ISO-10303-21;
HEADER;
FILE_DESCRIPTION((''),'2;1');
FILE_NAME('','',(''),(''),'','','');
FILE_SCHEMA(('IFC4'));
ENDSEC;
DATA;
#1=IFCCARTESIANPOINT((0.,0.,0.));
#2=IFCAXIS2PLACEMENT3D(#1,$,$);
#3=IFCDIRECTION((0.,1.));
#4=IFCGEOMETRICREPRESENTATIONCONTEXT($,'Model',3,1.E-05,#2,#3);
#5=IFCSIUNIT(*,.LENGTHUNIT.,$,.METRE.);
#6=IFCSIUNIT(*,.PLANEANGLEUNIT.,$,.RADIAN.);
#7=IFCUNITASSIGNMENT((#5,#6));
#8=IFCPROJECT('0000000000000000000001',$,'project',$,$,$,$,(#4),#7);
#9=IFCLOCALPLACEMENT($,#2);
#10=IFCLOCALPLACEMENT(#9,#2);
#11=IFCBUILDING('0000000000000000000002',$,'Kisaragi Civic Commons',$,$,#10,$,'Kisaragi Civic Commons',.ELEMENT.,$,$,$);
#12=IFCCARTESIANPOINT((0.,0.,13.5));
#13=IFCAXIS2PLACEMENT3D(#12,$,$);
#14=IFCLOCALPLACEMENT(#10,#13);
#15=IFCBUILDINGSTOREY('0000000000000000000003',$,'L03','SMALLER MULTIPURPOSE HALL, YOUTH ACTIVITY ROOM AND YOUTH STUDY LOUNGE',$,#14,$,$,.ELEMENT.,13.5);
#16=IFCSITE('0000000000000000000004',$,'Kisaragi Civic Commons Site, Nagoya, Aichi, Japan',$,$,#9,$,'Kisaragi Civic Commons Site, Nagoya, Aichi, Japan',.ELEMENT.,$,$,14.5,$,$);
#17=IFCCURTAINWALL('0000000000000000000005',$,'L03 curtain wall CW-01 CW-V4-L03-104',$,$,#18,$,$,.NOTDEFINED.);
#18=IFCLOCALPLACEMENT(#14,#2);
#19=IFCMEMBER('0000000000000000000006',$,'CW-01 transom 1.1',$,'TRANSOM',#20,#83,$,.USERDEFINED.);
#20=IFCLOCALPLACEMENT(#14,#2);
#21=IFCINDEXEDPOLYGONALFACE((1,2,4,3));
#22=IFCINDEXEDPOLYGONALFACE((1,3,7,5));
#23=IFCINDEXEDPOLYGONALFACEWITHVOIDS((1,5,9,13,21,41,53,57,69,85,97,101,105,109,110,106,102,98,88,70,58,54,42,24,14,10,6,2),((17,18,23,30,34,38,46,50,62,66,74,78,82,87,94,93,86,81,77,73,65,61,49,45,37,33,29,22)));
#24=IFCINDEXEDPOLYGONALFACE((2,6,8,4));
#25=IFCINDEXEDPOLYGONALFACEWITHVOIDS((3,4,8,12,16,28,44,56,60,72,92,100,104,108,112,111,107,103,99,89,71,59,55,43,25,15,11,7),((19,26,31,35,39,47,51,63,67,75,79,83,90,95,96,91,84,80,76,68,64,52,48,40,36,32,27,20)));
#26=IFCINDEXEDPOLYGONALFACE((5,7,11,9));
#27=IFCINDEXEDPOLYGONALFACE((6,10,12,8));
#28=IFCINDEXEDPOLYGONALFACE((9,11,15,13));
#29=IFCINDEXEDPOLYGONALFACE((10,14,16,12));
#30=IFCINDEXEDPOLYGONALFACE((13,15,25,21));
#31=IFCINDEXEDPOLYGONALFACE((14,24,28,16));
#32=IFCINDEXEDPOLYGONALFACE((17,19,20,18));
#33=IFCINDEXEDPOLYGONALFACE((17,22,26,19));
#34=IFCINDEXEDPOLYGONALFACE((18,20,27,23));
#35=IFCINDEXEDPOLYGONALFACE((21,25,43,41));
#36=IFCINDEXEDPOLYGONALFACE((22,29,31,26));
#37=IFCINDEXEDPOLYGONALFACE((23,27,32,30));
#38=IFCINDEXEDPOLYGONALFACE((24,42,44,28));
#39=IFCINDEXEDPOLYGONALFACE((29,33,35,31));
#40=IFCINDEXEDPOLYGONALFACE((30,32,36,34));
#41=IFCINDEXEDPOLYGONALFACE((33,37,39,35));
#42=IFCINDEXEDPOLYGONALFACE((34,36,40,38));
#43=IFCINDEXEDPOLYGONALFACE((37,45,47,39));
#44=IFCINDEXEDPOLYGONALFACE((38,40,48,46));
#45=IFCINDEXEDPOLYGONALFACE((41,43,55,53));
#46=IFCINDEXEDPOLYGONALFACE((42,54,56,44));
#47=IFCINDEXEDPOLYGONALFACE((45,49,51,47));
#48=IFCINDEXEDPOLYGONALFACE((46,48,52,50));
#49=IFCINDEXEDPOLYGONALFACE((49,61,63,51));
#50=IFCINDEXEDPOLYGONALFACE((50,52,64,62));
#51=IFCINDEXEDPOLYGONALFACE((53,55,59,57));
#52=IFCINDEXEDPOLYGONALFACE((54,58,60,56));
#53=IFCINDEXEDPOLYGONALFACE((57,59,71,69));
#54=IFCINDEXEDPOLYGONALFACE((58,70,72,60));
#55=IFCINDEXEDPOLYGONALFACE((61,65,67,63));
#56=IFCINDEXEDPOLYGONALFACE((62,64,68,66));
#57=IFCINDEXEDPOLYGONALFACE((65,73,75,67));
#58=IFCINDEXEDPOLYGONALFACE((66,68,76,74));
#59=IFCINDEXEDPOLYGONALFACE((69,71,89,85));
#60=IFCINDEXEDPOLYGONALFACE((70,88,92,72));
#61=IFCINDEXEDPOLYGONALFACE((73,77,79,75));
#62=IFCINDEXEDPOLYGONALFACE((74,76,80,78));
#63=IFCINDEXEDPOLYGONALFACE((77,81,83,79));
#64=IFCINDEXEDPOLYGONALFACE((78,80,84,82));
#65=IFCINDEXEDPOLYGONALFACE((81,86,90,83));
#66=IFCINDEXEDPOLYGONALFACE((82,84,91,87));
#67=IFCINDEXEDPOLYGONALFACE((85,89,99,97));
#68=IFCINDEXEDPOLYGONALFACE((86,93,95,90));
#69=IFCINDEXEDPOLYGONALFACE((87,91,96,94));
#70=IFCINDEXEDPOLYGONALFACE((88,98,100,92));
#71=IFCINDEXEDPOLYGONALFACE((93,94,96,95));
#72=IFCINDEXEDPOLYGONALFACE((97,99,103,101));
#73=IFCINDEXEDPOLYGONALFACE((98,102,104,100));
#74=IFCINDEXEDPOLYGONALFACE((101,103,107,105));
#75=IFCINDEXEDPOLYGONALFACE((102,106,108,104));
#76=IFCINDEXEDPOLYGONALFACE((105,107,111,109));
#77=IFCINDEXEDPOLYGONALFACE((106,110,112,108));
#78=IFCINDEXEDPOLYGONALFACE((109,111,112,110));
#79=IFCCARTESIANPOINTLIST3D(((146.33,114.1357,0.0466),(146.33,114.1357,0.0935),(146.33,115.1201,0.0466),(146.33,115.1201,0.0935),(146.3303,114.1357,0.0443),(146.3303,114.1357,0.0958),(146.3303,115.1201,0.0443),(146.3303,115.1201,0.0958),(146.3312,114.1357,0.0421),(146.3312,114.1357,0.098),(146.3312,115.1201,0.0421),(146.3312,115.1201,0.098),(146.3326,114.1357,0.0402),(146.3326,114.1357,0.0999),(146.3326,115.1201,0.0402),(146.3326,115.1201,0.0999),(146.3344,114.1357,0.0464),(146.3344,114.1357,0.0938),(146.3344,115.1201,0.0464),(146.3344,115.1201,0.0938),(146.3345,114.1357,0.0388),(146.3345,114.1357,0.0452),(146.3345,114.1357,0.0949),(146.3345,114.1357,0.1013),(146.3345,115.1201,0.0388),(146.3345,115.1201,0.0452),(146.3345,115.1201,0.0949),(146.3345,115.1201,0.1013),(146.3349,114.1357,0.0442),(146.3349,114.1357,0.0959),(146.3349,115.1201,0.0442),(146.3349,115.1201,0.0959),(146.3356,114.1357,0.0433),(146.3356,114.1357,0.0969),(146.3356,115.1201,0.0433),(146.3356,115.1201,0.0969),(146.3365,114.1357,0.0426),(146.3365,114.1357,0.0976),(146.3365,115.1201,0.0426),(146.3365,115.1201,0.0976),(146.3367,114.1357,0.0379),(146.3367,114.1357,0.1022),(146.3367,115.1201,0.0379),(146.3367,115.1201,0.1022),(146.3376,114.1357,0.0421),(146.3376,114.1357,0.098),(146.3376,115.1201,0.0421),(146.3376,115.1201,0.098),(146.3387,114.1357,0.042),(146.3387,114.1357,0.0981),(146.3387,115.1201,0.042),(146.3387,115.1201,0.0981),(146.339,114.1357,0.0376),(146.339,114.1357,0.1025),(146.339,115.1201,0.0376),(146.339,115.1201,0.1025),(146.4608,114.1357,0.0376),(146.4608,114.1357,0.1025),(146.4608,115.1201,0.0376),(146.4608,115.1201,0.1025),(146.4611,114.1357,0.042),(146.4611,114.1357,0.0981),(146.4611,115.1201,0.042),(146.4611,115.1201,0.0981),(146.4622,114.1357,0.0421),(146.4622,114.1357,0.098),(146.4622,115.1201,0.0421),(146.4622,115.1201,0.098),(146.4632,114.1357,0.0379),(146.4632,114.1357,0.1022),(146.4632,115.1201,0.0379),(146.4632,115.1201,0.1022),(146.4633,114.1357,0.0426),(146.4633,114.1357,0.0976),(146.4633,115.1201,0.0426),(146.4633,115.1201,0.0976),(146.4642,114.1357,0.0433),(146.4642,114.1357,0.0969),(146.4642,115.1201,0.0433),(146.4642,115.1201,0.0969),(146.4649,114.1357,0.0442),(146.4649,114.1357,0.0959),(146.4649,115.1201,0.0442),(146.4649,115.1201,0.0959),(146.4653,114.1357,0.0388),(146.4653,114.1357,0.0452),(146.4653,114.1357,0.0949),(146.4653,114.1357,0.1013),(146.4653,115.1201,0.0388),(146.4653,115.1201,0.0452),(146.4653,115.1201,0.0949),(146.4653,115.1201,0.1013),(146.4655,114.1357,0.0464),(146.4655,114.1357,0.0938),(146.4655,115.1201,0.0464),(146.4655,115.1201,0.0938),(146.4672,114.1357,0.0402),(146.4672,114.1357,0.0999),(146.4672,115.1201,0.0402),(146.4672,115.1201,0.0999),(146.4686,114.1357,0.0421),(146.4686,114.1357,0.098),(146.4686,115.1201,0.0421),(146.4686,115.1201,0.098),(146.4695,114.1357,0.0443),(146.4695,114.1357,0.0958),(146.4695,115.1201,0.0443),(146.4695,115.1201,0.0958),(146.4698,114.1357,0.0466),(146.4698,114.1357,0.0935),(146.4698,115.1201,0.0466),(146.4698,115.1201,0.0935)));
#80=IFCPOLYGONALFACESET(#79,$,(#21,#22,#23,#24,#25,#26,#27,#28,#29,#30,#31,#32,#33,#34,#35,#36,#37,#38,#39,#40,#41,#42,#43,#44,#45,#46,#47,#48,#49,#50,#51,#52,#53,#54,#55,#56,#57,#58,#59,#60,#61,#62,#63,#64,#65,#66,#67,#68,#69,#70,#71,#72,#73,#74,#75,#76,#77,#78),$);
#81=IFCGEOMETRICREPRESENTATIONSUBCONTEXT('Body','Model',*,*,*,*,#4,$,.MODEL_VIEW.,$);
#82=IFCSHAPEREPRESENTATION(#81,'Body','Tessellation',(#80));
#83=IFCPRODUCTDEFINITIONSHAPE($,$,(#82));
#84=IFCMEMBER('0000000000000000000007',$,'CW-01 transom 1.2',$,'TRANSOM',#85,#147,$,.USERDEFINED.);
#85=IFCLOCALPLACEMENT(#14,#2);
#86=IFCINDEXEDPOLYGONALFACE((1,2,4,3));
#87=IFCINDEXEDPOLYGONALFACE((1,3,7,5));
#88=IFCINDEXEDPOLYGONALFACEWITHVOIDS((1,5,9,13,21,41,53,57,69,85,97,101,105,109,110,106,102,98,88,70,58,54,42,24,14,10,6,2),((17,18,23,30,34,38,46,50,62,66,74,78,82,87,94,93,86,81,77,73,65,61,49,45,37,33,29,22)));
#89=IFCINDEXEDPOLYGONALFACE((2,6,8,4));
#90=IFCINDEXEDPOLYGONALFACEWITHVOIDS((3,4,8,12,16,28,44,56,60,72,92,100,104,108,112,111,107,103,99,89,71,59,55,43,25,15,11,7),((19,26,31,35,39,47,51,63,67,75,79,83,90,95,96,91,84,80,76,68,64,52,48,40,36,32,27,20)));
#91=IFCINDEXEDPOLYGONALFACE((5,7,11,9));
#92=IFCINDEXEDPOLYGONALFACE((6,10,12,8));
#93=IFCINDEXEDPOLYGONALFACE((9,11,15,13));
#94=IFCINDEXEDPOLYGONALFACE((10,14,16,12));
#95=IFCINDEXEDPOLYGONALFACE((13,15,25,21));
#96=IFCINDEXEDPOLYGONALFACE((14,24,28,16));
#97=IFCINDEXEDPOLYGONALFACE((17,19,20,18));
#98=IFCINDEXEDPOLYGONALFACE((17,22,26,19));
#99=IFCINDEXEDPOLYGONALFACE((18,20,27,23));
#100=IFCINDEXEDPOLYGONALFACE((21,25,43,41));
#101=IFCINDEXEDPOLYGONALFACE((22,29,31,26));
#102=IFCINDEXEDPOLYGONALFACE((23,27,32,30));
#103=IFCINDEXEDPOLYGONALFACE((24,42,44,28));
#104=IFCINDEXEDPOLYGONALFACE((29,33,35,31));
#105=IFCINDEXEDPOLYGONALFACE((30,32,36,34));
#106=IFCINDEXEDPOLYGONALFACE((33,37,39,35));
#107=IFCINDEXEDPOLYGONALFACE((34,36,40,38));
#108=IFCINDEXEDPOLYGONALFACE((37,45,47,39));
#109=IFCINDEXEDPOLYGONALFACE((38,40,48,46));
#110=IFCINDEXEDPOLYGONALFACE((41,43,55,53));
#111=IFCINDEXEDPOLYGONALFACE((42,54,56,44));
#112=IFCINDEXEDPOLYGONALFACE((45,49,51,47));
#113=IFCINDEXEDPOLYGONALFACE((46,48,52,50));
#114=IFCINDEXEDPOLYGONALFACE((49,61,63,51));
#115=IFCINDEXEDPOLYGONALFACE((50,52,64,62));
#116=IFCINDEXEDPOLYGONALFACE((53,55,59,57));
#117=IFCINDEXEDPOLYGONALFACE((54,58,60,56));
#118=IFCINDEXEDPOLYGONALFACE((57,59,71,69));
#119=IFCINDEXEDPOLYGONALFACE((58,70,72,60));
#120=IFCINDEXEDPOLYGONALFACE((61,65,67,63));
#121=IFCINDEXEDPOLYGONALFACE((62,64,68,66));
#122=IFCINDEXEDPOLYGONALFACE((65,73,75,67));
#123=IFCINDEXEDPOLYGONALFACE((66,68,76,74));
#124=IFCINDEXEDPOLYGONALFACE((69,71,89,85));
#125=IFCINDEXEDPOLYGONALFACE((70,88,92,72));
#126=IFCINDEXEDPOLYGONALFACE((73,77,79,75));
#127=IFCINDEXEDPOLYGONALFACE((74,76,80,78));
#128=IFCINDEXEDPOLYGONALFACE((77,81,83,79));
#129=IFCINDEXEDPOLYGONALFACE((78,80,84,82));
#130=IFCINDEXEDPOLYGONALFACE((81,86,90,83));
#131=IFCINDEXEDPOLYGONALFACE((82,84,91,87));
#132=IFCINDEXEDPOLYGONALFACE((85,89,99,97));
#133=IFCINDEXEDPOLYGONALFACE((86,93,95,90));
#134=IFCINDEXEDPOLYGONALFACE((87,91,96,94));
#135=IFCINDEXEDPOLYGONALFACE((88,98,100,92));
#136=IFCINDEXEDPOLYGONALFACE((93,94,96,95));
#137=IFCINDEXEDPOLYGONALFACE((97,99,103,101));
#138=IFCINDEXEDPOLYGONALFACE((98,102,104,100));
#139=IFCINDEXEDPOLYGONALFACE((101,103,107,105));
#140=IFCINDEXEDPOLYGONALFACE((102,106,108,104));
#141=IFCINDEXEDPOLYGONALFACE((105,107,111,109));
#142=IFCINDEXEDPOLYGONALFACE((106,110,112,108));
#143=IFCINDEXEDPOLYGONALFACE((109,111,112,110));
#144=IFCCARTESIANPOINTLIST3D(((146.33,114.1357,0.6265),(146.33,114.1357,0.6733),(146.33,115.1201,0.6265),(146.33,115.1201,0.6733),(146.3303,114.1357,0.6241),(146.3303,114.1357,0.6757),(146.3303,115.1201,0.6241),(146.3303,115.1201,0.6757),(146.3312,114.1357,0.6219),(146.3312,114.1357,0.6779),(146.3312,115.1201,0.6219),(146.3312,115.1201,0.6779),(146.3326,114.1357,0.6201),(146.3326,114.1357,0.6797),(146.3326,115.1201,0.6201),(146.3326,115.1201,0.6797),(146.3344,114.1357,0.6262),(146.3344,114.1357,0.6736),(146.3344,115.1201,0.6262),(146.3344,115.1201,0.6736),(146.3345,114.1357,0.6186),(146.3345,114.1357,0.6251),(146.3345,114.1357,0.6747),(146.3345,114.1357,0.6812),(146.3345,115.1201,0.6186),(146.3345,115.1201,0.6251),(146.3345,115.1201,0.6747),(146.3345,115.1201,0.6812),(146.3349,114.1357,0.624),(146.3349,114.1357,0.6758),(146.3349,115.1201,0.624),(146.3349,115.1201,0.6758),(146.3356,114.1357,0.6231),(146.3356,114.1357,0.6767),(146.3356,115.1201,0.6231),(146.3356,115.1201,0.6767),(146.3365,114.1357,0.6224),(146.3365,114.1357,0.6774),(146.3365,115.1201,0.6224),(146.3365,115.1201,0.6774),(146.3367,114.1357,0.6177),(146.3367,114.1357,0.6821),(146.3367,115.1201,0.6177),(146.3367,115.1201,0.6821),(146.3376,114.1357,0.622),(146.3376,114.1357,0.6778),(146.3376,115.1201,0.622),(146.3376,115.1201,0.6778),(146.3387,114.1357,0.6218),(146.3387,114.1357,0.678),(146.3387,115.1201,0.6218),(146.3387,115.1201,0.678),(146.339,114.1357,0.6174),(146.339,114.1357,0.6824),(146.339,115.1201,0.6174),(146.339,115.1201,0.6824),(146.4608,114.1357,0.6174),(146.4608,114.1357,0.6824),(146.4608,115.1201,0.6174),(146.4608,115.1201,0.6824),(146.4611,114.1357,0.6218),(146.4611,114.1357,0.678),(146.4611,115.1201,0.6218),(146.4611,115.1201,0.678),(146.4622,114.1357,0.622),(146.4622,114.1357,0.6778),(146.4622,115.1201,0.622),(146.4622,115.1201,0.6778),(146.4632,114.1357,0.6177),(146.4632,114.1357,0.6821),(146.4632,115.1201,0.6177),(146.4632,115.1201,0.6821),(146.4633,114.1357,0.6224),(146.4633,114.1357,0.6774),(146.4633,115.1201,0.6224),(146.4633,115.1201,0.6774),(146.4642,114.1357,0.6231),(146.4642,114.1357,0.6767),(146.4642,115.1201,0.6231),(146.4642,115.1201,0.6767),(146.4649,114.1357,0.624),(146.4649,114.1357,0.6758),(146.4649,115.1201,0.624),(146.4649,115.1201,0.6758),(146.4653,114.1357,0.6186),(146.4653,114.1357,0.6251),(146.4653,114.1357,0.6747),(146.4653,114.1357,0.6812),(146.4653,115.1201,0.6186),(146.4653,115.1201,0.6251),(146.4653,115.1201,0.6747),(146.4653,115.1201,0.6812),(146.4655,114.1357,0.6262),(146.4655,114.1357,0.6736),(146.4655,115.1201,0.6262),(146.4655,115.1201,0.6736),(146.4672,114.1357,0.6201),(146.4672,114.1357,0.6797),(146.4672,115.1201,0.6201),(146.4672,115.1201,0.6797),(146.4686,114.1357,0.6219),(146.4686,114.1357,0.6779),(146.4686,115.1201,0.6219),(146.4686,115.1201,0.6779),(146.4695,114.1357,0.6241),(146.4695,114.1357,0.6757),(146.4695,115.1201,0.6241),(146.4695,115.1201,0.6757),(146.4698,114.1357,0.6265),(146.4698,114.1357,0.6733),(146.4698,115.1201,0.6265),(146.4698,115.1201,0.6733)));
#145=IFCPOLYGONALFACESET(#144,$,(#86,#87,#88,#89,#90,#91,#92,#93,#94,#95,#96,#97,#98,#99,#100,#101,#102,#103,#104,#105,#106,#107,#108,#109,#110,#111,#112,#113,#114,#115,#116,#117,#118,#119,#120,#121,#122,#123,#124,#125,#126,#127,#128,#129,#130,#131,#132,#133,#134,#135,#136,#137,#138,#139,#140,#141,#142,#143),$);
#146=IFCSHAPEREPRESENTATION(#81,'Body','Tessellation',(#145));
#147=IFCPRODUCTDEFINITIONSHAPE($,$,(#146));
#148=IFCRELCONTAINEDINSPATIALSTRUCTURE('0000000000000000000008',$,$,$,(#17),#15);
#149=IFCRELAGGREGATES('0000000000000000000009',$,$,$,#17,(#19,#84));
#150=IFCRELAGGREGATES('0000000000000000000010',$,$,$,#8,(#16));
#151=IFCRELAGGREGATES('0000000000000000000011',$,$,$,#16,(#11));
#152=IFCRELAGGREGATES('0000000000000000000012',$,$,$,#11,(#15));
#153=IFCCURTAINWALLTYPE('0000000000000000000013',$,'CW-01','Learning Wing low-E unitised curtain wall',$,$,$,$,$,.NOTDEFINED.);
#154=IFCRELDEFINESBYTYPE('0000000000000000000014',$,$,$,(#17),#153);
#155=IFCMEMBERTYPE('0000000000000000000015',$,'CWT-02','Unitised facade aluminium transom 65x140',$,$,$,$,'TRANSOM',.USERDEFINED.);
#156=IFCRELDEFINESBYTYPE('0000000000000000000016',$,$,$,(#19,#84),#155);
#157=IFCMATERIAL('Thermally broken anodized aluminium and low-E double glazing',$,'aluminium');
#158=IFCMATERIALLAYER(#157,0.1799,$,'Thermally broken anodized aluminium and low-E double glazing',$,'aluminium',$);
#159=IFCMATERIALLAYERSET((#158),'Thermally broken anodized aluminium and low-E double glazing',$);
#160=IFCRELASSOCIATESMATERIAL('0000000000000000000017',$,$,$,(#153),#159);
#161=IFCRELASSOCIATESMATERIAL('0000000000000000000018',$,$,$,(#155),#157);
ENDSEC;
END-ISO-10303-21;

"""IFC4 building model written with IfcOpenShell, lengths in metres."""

from ifc_helpers import new_model, si_unit, direction, frame, origin, origin_2d, place, context, subcontext, project, spatial, hollow_rectangle, extrude, material, layer, layer_set, material_profile, profile_set, type_object, element, aggregate, save


model = new_model("IFC4")

# Units and contexts
model_context = context("Model", 3, precision=1e-05, world=origin(), true_north=direction((0.0, 1.0)))
body_context = subcontext(model_context, "Body", "Model", "MODEL_VIEW")
ifc_project = project(units=[si_unit("LENGTHUNIT", "METRE"), si_unit("PLANEANGLEUNIT", "RADIAN")], contexts=[model_context])

# Site, building, storey
site_placement = place(None, origin())
site = spatial("IfcSite", under=ifc_project, at=site_placement, Name="Kisaragi Civic Commons Site, Nagoya, Aichi, Japan", LongName="Kisaragi Civic Commons Site, Nagoya, Aichi, Japan", CompositionType="ELEMENT", RefElevation=14.5)
building_placement = place(site_placement, origin())
building = spatial("IfcBuilding", under=site, at=building_placement, Name="Kisaragi Civic Commons", LongName="Kisaragi Civic Commons", CompositionType="ELEMENT")
storey_placement = place(building_placement, frame((0.0, 0.0, 13.5)))
storey = spatial("IfcBuildingStorey", under=building, at=storey_placement, Name="L03", Description="SMALLER MULTIPURPOSE HALL, YOUTH ACTIVITY ROOM AND YOUTH STUDY LOUNGE", CompositionType="ELEMENT", Elevation=13.5)

# Curtain wall
ifc_material = material(Name="Thermally broken anodized aluminium and low-E double glazing", Category="aluminium")
ifc_layer_1 = layer(ifc_material, 0.1799, Name="Thermally broken anodized aluminium and low-E double glazing", Category="aluminium")
ifc_layer_set_1 = layer_set([ifc_layer_1], Name="Thermally broken anodized aluminium and low-E double glazing")
curtain_wall_type = type_object("IfcCurtainWallType", Name="CW-01", Description="Learning Wing low-E unitised curtain wall", PredefinedType="NOTDEFINED", material=ifc_layer_set_1)
curtain_wall_1_placement = place(storey_placement, origin())
curtain_wall_1 = element("IfcCurtainWall", 1, at=curtain_wall_1_placement, inside=storey, type_object=curtain_wall_type, Name="L03 curtain wall CW-01 CW-V4-L03-104", PredefinedType="NOTDEFINED")

# Members
ifc_material_profile_1 = material_profile(ifc_material, hollow_rectangle(XDim=0.1399, YDim=0.0649, WallThickness=0.0044, InnerFilletRadius=0.0044, OuterFilletRadius=0.009, at=origin_2d()), Name="CWT-65x140x4.5", Category="aluminium")
ifc_profile_set_1 = profile_set([ifc_material_profile_1], Name="Thermally broken anodized aluminium and low-E double glazing")
member_type_1 = type_object("IfcMemberType", Name="CWT-02", Description="Unitised facade aluminium transom 65x140", ElementType="TRANSOM", PredefinedType="USERDEFINED", material=ifc_profile_set_1)
member_1_placement = place(storey_placement, frame((146.3999, 115.1201, 0.0701), z_axis=(0.0, -1.0, 0.0), x_axis=(1.0, 0.0, 0.0)))
member_1 = element("IfcMember", 2, at=member_1_placement, type_object=member_type_1, Name="CW-01 transom 1.1", ObjectType="TRANSOM", PredefinedType="USERDEFINED", context=body_context, shape_type="SweptSolid", body=[
    extrude(hollow_rectangle(XDim=0.1399, YDim=0.0649, WallThickness=0.0044, InnerFilletRadius=0.0044, OuterFilletRadius=0.009, at=origin_2d()), origin(), (0.0, 0.0, 1.0), 0.9844),
])
member_2_placement = place(storey_placement, frame((146.3999, 115.1201, 0.6499), z_axis=(0.0, -1.0, 0.0), x_axis=(1.0, 0.0, 0.0)))
member_2 = element("IfcMember", 3, at=member_2_placement, type_object=member_type_1, Name="CW-01 transom 1.2", ObjectType="TRANSOM", PredefinedType="USERDEFINED", context=body_context, shape_type="SweptSolid", body=[
    extrude(hollow_rectangle(XDim=0.1399, YDim=0.0649, WallThickness=0.0044, InnerFilletRadius=0.0044, OuterFilletRadius=0.009, at=origin_2d()), origin(), (0.0, 0.0, 1.0), 0.9844),
])

aggregate(curtain_wall_1, [member_1, member_2])

save(model, "model.ifc")
